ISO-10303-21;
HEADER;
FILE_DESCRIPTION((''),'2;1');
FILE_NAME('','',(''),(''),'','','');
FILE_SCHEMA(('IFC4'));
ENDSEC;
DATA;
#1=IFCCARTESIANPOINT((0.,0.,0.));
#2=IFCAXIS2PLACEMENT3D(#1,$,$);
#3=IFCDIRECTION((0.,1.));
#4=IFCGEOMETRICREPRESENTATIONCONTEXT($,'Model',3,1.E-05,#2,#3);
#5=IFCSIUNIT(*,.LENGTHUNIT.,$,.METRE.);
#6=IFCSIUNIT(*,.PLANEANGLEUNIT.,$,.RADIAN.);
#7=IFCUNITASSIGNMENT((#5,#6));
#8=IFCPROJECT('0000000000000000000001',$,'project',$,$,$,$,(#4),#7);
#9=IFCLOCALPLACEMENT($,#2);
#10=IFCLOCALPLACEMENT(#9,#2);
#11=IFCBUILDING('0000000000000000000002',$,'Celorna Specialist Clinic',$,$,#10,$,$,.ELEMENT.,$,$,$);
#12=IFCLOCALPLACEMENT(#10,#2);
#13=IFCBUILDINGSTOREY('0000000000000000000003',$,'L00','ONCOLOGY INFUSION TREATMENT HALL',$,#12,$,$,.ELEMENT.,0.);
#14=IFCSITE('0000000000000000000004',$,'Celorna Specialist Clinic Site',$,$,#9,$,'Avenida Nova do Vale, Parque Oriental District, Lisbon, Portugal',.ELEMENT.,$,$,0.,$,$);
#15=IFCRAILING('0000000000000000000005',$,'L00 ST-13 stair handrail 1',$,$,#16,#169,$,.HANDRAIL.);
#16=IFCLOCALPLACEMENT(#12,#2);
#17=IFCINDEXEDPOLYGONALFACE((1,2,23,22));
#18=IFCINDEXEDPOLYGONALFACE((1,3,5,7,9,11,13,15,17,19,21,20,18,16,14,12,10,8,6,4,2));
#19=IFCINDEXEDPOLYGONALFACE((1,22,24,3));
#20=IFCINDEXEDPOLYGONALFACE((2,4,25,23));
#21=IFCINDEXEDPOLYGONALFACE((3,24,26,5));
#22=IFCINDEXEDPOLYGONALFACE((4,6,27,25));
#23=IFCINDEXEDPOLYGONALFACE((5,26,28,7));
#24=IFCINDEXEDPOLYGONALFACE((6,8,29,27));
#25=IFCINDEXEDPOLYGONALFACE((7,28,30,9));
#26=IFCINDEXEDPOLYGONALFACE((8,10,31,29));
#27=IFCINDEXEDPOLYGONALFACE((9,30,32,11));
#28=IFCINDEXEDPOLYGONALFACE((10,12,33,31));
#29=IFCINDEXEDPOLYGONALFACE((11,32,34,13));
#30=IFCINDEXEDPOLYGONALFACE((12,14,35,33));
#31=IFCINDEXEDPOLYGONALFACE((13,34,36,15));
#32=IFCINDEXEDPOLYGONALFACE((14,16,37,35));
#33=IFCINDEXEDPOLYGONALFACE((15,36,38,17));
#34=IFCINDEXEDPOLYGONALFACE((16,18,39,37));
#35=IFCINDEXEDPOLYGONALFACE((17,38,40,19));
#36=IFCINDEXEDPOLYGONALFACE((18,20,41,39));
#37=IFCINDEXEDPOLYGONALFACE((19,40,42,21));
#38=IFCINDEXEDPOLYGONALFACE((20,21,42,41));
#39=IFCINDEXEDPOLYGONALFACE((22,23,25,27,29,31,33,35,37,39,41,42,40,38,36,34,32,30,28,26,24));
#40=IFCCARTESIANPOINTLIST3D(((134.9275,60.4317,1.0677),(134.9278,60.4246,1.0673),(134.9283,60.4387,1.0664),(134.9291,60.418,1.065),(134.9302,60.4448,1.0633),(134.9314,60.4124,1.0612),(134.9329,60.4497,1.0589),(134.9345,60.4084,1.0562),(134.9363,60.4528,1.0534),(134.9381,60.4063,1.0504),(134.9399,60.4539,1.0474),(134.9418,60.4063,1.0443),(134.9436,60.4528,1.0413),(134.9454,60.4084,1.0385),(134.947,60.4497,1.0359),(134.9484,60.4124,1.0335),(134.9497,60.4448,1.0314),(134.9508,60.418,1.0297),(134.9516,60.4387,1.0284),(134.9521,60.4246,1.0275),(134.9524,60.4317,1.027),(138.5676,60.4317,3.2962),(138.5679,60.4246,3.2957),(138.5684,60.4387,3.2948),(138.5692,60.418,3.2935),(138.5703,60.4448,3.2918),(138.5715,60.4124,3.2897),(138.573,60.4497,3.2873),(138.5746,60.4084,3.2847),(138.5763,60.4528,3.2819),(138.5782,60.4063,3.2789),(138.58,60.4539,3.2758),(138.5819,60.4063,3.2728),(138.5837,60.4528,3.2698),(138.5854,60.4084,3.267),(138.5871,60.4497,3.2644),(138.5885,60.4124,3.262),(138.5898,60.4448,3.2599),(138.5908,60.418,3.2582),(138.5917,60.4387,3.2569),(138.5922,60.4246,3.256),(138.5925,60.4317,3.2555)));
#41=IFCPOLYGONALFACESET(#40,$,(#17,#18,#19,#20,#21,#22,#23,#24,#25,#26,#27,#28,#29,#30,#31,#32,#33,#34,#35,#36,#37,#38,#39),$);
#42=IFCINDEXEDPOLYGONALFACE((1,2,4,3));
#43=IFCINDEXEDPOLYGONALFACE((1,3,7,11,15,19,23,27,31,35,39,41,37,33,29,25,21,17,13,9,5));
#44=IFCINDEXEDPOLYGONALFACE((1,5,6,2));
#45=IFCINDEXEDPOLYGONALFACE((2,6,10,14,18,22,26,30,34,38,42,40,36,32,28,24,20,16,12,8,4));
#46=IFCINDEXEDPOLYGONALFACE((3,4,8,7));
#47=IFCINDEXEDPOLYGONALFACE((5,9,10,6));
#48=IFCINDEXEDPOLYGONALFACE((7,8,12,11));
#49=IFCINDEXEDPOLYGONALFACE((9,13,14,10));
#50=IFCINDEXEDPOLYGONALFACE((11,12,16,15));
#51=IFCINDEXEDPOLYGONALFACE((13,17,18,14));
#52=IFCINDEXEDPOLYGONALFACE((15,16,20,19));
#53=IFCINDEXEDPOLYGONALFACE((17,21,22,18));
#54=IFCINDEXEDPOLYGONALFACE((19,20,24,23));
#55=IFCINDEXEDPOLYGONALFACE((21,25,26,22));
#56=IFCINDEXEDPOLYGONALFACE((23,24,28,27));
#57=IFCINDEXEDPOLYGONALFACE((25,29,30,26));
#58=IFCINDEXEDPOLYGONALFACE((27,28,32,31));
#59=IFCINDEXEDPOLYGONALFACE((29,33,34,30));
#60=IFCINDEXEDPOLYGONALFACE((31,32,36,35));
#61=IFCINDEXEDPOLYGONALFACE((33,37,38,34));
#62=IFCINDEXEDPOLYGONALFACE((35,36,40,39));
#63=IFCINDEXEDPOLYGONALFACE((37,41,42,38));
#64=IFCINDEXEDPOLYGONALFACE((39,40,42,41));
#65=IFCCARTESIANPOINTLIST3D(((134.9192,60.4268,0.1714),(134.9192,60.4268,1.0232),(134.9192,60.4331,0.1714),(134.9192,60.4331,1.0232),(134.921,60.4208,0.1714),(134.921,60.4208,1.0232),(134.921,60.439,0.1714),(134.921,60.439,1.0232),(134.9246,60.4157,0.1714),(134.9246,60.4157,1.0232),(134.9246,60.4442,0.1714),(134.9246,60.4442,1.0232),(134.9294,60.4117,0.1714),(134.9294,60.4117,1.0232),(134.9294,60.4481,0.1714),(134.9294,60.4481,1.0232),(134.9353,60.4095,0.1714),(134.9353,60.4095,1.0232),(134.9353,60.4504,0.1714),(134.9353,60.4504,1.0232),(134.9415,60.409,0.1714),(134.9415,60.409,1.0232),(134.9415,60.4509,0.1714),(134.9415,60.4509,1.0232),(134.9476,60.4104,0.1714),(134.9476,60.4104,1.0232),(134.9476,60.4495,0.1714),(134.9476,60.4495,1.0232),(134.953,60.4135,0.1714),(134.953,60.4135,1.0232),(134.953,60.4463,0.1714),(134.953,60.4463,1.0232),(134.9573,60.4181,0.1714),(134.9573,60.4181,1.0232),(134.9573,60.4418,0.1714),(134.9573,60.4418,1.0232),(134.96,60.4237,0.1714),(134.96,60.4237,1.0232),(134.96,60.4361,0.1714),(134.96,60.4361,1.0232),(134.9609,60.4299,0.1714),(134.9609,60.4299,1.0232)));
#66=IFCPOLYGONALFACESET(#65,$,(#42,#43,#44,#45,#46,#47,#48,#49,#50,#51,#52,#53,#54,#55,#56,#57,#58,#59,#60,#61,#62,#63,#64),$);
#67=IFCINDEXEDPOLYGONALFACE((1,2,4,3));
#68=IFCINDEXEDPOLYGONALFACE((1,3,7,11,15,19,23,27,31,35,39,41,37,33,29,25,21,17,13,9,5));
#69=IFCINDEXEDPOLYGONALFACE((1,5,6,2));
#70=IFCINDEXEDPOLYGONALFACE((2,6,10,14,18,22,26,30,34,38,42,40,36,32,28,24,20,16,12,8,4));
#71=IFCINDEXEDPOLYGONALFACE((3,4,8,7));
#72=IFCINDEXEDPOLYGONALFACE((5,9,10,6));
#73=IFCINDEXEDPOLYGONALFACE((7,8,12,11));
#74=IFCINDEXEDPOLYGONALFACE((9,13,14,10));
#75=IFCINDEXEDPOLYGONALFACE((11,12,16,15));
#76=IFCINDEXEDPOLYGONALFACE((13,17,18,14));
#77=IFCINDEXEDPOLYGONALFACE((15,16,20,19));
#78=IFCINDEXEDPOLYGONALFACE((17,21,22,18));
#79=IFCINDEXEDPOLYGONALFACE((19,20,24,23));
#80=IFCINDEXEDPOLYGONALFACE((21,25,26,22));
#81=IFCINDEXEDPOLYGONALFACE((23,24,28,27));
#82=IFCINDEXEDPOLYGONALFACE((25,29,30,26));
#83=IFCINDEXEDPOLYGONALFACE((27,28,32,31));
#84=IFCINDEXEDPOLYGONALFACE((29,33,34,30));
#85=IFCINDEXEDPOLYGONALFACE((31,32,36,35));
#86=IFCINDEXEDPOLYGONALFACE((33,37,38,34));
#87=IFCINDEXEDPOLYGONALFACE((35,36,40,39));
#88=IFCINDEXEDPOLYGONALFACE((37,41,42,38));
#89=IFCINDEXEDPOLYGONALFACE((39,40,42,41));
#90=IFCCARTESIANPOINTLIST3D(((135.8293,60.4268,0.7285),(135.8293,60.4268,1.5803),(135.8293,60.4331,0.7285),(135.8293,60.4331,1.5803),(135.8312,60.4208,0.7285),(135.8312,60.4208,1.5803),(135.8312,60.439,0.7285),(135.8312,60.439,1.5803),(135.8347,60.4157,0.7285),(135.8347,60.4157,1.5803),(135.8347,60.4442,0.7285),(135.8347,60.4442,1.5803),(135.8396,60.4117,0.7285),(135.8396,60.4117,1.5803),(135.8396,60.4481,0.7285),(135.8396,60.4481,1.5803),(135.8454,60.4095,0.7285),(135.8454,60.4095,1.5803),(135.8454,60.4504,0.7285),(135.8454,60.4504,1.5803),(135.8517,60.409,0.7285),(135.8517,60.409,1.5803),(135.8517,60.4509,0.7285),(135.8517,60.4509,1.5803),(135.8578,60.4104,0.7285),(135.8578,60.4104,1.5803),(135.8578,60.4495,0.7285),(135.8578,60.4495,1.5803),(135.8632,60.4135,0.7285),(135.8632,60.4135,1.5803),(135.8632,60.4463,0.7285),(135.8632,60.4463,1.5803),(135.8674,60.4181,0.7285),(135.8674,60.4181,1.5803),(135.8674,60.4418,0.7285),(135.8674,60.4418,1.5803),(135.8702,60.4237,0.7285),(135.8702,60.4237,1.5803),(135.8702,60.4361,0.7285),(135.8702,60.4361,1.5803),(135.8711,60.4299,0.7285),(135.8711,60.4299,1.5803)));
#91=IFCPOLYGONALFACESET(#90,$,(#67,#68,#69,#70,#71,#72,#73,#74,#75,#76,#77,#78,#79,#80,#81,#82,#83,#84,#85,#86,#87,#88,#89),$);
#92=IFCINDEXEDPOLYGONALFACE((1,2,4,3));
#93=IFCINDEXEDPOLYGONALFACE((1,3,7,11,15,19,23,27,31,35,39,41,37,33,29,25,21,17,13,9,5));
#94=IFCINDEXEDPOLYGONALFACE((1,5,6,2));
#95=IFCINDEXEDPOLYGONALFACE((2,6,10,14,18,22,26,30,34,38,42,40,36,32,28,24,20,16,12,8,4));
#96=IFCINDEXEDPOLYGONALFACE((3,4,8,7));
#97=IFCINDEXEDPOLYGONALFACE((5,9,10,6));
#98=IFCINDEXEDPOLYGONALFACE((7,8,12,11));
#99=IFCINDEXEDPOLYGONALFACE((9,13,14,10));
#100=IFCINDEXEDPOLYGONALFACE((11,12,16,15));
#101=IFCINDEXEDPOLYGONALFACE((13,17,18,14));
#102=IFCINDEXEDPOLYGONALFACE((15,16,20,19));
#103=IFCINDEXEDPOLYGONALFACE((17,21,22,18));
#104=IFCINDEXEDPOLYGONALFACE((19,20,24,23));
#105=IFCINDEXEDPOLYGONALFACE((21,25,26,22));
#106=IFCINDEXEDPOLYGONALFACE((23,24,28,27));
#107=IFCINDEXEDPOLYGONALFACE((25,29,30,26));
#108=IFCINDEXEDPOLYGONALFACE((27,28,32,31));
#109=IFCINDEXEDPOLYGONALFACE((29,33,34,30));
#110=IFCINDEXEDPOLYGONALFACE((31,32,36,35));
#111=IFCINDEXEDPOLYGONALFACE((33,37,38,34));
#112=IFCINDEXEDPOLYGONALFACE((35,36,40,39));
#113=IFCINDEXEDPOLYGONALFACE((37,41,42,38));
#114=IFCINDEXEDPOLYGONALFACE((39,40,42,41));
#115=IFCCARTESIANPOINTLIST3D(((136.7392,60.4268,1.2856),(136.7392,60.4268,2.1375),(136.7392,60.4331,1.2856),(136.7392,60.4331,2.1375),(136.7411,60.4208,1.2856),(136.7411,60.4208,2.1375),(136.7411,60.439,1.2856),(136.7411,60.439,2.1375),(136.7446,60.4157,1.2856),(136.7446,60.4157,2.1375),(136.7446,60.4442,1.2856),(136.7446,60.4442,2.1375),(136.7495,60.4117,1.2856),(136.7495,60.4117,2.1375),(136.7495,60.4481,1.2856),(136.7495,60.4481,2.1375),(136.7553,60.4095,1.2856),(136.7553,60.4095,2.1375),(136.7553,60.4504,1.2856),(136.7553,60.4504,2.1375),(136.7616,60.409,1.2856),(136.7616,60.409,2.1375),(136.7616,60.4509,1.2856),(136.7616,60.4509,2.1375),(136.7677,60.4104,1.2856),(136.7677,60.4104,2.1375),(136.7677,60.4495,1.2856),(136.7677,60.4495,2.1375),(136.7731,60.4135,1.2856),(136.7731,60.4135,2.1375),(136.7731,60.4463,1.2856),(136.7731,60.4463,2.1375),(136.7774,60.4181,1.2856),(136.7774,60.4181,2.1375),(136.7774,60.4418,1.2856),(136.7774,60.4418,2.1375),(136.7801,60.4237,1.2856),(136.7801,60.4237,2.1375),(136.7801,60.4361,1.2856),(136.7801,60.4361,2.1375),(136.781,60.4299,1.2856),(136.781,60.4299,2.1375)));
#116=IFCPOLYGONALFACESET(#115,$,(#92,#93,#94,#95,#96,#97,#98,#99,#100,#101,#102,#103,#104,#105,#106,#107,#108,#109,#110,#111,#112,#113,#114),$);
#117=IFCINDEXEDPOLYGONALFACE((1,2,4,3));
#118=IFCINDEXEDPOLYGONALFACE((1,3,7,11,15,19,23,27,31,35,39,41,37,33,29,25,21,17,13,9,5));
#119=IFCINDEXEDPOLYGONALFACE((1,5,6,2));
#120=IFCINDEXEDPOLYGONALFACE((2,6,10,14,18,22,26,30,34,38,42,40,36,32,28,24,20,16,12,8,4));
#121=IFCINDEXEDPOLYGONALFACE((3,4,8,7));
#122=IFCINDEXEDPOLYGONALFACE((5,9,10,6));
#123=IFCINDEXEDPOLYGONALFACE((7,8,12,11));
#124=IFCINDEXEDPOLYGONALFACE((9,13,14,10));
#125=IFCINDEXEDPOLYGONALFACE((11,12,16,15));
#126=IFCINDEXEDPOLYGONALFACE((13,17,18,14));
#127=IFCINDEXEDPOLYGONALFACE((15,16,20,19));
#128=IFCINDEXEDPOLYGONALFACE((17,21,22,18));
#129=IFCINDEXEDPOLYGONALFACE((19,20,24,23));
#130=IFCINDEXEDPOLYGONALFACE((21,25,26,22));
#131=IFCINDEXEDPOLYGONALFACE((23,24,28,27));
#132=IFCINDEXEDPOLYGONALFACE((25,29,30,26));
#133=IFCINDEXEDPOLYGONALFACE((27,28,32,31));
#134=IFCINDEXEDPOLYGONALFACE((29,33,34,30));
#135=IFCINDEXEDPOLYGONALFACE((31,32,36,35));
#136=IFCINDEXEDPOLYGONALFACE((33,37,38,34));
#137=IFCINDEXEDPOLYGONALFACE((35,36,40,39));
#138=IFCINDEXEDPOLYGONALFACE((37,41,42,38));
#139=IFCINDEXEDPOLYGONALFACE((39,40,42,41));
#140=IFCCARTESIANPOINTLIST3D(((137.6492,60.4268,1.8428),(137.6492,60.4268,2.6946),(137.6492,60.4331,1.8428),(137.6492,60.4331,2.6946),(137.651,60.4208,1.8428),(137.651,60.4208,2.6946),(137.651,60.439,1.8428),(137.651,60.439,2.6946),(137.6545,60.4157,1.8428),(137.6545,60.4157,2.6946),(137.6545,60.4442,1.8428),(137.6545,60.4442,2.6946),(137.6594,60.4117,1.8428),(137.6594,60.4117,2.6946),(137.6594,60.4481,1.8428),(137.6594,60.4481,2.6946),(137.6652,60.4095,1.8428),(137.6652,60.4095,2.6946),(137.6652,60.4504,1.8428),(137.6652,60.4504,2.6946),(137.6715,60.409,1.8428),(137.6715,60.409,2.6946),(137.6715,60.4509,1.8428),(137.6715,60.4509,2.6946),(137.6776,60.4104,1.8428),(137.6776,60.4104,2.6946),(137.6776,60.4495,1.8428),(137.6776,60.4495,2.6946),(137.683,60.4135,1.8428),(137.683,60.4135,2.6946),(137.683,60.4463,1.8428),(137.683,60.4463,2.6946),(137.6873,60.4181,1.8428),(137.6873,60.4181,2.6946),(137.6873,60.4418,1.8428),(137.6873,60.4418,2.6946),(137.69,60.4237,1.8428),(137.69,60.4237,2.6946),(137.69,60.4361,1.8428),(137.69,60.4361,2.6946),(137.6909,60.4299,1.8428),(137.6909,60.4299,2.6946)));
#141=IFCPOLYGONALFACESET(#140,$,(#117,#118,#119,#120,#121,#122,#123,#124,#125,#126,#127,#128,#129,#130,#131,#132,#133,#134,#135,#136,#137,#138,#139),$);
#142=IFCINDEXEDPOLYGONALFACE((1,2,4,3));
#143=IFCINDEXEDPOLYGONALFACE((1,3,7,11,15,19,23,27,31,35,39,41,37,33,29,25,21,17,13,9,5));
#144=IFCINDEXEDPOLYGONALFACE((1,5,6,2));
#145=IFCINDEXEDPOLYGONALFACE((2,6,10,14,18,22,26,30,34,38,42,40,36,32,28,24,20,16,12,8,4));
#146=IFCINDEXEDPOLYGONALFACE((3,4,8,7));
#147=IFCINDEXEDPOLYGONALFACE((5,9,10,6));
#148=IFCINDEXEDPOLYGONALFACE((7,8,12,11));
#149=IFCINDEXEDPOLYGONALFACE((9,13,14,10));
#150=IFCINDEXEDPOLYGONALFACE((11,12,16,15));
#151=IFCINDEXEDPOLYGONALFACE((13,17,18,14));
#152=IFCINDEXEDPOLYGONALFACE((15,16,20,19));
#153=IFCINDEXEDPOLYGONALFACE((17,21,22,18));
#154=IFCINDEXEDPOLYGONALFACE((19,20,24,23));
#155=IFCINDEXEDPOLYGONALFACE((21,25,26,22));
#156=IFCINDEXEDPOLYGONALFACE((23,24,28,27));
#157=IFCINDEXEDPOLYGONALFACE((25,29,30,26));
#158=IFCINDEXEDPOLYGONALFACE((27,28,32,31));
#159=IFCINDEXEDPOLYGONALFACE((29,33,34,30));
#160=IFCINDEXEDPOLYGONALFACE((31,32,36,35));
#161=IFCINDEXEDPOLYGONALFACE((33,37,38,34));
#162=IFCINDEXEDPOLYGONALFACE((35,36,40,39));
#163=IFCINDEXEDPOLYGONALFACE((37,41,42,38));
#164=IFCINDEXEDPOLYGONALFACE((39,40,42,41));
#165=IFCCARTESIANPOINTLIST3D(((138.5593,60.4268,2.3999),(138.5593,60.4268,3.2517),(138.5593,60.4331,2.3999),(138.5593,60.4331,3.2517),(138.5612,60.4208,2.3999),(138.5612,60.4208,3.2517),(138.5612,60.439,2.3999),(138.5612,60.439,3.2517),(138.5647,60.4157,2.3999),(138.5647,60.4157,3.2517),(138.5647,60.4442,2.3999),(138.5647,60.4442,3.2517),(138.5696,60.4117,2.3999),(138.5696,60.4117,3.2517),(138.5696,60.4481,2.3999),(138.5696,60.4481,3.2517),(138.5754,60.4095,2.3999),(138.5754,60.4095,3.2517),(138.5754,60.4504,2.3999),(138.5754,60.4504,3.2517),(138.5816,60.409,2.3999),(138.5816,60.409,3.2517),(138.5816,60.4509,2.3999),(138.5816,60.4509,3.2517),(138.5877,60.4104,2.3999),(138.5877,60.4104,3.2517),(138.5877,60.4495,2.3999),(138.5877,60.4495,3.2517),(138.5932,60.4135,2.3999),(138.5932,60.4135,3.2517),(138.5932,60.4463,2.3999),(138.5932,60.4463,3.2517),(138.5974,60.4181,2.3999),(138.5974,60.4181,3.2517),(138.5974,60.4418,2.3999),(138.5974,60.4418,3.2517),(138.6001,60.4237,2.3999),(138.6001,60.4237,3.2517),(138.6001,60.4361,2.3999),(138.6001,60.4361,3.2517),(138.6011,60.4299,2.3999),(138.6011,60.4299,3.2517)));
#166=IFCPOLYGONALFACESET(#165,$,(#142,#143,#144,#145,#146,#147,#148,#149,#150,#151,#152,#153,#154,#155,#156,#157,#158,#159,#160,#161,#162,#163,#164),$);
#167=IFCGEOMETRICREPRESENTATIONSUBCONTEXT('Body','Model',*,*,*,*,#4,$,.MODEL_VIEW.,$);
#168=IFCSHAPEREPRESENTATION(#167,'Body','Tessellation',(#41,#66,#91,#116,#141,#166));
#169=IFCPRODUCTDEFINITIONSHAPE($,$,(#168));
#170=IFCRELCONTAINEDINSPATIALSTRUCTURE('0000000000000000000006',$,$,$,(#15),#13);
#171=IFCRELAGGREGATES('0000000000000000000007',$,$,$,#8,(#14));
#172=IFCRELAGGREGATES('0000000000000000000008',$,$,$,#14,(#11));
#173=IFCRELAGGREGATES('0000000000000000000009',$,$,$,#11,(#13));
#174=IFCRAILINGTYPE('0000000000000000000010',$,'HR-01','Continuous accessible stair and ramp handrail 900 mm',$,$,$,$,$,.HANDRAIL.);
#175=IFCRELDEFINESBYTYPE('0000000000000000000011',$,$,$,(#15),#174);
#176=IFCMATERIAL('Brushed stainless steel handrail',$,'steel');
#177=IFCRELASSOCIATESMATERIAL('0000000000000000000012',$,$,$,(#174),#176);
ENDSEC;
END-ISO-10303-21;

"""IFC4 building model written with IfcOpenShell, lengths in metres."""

from ifc_helpers import new_model, si_unit, direction, frame, origin, origin_2d, place, context, subcontext, project, spatial, circle, extrude, material, type_object, element, save


model = new_model("IFC4")

# Units and contexts
model_context = context("Model", 3, precision=1e-05, world=origin(), true_north=direction((0.0, 1.0)))
body_context = subcontext(model_context, "Body", "Model", "MODEL_VIEW")
ifc_project = project(units=[si_unit("LENGTHUNIT", "METRE"), si_unit("PLANEANGLEUNIT", "RADIAN")], contexts=[model_context])

# Site, building, storey
site_placement = place(None, origin())
site = spatial("IfcSite", under=ifc_project, at=site_placement, Name="Celorna Specialist Clinic Site", LongName="Avenida Nova do Vale, Parque Oriental District, Lisbon, Portugal", CompositionType="ELEMENT", RefElevation=0.0)
building_placement = place(site_placement, origin())
building = spatial("IfcBuilding", under=site, at=building_placement, Name="Celorna Specialist Clinic", CompositionType="ELEMENT")
storey_placement = place(building_placement, origin())
storey = spatial("IfcBuildingStorey", under=building, at=storey_placement, Name="L00", Description="ONCOLOGY INFUSION TREATMENT HALL", CompositionType="ELEMENT", Elevation=0.0)

# Railing
ifc_material_1 = material(Name="Brushed stainless steel handrail", Category="steel")
railing_type = type_object("IfcRailingType", Name="HR-01", Description="Continuous accessible stair and ramp handrail 900 mm", PredefinedType="HANDRAIL", material=ifc_material_1)
railing_placement = place(storey_placement, frame((134.9399, 60.4299, 0.1714)))
element("IfcRailing", 1, at=railing_placement, inside=storey, type_object=railing_type, Name="L00 ST-13 stair handrail 1", PredefinedType="HANDRAIL", context=body_context, shape_type="SweptSolid", body=[
    extrude(circle(Radius=0.0239, at=origin_2d()), frame((0.0, 0.0, 0.876), z_axis=(0.852866, 0.0, 0.52213), x_axis=(0.0, 1.0, 0.0)), (0.0, 0.0, 1.0), 4.2681),
    extrude(circle(Radius=0.021, at=origin_2d()), origin(), (0.0, 0.0, 1.0), 0.8518),
    extrude(circle(Radius=0.021, at=origin_2d()), frame((0.9102, 0.0, 0.5571)), (0.0, 0.0, 1.0), 0.8518),
    extrude(circle(Radius=0.021, at=origin_2d()), frame((1.8201, 0.0, 1.1143)), (0.0, 0.0, 1.0), 0.8518),
    extrude(circle(Radius=0.021, at=origin_2d()), frame((2.73, 0.0, 1.6714)), (0.0, 0.0, 1.0), 0.8518),
    extrude(circle(Radius=0.021, at=origin_2d()), frame((3.6401, 0.0, 2.2285)), (0.0, 0.0, 1.0), 0.8518),
])

save(model, "model.ifc")
